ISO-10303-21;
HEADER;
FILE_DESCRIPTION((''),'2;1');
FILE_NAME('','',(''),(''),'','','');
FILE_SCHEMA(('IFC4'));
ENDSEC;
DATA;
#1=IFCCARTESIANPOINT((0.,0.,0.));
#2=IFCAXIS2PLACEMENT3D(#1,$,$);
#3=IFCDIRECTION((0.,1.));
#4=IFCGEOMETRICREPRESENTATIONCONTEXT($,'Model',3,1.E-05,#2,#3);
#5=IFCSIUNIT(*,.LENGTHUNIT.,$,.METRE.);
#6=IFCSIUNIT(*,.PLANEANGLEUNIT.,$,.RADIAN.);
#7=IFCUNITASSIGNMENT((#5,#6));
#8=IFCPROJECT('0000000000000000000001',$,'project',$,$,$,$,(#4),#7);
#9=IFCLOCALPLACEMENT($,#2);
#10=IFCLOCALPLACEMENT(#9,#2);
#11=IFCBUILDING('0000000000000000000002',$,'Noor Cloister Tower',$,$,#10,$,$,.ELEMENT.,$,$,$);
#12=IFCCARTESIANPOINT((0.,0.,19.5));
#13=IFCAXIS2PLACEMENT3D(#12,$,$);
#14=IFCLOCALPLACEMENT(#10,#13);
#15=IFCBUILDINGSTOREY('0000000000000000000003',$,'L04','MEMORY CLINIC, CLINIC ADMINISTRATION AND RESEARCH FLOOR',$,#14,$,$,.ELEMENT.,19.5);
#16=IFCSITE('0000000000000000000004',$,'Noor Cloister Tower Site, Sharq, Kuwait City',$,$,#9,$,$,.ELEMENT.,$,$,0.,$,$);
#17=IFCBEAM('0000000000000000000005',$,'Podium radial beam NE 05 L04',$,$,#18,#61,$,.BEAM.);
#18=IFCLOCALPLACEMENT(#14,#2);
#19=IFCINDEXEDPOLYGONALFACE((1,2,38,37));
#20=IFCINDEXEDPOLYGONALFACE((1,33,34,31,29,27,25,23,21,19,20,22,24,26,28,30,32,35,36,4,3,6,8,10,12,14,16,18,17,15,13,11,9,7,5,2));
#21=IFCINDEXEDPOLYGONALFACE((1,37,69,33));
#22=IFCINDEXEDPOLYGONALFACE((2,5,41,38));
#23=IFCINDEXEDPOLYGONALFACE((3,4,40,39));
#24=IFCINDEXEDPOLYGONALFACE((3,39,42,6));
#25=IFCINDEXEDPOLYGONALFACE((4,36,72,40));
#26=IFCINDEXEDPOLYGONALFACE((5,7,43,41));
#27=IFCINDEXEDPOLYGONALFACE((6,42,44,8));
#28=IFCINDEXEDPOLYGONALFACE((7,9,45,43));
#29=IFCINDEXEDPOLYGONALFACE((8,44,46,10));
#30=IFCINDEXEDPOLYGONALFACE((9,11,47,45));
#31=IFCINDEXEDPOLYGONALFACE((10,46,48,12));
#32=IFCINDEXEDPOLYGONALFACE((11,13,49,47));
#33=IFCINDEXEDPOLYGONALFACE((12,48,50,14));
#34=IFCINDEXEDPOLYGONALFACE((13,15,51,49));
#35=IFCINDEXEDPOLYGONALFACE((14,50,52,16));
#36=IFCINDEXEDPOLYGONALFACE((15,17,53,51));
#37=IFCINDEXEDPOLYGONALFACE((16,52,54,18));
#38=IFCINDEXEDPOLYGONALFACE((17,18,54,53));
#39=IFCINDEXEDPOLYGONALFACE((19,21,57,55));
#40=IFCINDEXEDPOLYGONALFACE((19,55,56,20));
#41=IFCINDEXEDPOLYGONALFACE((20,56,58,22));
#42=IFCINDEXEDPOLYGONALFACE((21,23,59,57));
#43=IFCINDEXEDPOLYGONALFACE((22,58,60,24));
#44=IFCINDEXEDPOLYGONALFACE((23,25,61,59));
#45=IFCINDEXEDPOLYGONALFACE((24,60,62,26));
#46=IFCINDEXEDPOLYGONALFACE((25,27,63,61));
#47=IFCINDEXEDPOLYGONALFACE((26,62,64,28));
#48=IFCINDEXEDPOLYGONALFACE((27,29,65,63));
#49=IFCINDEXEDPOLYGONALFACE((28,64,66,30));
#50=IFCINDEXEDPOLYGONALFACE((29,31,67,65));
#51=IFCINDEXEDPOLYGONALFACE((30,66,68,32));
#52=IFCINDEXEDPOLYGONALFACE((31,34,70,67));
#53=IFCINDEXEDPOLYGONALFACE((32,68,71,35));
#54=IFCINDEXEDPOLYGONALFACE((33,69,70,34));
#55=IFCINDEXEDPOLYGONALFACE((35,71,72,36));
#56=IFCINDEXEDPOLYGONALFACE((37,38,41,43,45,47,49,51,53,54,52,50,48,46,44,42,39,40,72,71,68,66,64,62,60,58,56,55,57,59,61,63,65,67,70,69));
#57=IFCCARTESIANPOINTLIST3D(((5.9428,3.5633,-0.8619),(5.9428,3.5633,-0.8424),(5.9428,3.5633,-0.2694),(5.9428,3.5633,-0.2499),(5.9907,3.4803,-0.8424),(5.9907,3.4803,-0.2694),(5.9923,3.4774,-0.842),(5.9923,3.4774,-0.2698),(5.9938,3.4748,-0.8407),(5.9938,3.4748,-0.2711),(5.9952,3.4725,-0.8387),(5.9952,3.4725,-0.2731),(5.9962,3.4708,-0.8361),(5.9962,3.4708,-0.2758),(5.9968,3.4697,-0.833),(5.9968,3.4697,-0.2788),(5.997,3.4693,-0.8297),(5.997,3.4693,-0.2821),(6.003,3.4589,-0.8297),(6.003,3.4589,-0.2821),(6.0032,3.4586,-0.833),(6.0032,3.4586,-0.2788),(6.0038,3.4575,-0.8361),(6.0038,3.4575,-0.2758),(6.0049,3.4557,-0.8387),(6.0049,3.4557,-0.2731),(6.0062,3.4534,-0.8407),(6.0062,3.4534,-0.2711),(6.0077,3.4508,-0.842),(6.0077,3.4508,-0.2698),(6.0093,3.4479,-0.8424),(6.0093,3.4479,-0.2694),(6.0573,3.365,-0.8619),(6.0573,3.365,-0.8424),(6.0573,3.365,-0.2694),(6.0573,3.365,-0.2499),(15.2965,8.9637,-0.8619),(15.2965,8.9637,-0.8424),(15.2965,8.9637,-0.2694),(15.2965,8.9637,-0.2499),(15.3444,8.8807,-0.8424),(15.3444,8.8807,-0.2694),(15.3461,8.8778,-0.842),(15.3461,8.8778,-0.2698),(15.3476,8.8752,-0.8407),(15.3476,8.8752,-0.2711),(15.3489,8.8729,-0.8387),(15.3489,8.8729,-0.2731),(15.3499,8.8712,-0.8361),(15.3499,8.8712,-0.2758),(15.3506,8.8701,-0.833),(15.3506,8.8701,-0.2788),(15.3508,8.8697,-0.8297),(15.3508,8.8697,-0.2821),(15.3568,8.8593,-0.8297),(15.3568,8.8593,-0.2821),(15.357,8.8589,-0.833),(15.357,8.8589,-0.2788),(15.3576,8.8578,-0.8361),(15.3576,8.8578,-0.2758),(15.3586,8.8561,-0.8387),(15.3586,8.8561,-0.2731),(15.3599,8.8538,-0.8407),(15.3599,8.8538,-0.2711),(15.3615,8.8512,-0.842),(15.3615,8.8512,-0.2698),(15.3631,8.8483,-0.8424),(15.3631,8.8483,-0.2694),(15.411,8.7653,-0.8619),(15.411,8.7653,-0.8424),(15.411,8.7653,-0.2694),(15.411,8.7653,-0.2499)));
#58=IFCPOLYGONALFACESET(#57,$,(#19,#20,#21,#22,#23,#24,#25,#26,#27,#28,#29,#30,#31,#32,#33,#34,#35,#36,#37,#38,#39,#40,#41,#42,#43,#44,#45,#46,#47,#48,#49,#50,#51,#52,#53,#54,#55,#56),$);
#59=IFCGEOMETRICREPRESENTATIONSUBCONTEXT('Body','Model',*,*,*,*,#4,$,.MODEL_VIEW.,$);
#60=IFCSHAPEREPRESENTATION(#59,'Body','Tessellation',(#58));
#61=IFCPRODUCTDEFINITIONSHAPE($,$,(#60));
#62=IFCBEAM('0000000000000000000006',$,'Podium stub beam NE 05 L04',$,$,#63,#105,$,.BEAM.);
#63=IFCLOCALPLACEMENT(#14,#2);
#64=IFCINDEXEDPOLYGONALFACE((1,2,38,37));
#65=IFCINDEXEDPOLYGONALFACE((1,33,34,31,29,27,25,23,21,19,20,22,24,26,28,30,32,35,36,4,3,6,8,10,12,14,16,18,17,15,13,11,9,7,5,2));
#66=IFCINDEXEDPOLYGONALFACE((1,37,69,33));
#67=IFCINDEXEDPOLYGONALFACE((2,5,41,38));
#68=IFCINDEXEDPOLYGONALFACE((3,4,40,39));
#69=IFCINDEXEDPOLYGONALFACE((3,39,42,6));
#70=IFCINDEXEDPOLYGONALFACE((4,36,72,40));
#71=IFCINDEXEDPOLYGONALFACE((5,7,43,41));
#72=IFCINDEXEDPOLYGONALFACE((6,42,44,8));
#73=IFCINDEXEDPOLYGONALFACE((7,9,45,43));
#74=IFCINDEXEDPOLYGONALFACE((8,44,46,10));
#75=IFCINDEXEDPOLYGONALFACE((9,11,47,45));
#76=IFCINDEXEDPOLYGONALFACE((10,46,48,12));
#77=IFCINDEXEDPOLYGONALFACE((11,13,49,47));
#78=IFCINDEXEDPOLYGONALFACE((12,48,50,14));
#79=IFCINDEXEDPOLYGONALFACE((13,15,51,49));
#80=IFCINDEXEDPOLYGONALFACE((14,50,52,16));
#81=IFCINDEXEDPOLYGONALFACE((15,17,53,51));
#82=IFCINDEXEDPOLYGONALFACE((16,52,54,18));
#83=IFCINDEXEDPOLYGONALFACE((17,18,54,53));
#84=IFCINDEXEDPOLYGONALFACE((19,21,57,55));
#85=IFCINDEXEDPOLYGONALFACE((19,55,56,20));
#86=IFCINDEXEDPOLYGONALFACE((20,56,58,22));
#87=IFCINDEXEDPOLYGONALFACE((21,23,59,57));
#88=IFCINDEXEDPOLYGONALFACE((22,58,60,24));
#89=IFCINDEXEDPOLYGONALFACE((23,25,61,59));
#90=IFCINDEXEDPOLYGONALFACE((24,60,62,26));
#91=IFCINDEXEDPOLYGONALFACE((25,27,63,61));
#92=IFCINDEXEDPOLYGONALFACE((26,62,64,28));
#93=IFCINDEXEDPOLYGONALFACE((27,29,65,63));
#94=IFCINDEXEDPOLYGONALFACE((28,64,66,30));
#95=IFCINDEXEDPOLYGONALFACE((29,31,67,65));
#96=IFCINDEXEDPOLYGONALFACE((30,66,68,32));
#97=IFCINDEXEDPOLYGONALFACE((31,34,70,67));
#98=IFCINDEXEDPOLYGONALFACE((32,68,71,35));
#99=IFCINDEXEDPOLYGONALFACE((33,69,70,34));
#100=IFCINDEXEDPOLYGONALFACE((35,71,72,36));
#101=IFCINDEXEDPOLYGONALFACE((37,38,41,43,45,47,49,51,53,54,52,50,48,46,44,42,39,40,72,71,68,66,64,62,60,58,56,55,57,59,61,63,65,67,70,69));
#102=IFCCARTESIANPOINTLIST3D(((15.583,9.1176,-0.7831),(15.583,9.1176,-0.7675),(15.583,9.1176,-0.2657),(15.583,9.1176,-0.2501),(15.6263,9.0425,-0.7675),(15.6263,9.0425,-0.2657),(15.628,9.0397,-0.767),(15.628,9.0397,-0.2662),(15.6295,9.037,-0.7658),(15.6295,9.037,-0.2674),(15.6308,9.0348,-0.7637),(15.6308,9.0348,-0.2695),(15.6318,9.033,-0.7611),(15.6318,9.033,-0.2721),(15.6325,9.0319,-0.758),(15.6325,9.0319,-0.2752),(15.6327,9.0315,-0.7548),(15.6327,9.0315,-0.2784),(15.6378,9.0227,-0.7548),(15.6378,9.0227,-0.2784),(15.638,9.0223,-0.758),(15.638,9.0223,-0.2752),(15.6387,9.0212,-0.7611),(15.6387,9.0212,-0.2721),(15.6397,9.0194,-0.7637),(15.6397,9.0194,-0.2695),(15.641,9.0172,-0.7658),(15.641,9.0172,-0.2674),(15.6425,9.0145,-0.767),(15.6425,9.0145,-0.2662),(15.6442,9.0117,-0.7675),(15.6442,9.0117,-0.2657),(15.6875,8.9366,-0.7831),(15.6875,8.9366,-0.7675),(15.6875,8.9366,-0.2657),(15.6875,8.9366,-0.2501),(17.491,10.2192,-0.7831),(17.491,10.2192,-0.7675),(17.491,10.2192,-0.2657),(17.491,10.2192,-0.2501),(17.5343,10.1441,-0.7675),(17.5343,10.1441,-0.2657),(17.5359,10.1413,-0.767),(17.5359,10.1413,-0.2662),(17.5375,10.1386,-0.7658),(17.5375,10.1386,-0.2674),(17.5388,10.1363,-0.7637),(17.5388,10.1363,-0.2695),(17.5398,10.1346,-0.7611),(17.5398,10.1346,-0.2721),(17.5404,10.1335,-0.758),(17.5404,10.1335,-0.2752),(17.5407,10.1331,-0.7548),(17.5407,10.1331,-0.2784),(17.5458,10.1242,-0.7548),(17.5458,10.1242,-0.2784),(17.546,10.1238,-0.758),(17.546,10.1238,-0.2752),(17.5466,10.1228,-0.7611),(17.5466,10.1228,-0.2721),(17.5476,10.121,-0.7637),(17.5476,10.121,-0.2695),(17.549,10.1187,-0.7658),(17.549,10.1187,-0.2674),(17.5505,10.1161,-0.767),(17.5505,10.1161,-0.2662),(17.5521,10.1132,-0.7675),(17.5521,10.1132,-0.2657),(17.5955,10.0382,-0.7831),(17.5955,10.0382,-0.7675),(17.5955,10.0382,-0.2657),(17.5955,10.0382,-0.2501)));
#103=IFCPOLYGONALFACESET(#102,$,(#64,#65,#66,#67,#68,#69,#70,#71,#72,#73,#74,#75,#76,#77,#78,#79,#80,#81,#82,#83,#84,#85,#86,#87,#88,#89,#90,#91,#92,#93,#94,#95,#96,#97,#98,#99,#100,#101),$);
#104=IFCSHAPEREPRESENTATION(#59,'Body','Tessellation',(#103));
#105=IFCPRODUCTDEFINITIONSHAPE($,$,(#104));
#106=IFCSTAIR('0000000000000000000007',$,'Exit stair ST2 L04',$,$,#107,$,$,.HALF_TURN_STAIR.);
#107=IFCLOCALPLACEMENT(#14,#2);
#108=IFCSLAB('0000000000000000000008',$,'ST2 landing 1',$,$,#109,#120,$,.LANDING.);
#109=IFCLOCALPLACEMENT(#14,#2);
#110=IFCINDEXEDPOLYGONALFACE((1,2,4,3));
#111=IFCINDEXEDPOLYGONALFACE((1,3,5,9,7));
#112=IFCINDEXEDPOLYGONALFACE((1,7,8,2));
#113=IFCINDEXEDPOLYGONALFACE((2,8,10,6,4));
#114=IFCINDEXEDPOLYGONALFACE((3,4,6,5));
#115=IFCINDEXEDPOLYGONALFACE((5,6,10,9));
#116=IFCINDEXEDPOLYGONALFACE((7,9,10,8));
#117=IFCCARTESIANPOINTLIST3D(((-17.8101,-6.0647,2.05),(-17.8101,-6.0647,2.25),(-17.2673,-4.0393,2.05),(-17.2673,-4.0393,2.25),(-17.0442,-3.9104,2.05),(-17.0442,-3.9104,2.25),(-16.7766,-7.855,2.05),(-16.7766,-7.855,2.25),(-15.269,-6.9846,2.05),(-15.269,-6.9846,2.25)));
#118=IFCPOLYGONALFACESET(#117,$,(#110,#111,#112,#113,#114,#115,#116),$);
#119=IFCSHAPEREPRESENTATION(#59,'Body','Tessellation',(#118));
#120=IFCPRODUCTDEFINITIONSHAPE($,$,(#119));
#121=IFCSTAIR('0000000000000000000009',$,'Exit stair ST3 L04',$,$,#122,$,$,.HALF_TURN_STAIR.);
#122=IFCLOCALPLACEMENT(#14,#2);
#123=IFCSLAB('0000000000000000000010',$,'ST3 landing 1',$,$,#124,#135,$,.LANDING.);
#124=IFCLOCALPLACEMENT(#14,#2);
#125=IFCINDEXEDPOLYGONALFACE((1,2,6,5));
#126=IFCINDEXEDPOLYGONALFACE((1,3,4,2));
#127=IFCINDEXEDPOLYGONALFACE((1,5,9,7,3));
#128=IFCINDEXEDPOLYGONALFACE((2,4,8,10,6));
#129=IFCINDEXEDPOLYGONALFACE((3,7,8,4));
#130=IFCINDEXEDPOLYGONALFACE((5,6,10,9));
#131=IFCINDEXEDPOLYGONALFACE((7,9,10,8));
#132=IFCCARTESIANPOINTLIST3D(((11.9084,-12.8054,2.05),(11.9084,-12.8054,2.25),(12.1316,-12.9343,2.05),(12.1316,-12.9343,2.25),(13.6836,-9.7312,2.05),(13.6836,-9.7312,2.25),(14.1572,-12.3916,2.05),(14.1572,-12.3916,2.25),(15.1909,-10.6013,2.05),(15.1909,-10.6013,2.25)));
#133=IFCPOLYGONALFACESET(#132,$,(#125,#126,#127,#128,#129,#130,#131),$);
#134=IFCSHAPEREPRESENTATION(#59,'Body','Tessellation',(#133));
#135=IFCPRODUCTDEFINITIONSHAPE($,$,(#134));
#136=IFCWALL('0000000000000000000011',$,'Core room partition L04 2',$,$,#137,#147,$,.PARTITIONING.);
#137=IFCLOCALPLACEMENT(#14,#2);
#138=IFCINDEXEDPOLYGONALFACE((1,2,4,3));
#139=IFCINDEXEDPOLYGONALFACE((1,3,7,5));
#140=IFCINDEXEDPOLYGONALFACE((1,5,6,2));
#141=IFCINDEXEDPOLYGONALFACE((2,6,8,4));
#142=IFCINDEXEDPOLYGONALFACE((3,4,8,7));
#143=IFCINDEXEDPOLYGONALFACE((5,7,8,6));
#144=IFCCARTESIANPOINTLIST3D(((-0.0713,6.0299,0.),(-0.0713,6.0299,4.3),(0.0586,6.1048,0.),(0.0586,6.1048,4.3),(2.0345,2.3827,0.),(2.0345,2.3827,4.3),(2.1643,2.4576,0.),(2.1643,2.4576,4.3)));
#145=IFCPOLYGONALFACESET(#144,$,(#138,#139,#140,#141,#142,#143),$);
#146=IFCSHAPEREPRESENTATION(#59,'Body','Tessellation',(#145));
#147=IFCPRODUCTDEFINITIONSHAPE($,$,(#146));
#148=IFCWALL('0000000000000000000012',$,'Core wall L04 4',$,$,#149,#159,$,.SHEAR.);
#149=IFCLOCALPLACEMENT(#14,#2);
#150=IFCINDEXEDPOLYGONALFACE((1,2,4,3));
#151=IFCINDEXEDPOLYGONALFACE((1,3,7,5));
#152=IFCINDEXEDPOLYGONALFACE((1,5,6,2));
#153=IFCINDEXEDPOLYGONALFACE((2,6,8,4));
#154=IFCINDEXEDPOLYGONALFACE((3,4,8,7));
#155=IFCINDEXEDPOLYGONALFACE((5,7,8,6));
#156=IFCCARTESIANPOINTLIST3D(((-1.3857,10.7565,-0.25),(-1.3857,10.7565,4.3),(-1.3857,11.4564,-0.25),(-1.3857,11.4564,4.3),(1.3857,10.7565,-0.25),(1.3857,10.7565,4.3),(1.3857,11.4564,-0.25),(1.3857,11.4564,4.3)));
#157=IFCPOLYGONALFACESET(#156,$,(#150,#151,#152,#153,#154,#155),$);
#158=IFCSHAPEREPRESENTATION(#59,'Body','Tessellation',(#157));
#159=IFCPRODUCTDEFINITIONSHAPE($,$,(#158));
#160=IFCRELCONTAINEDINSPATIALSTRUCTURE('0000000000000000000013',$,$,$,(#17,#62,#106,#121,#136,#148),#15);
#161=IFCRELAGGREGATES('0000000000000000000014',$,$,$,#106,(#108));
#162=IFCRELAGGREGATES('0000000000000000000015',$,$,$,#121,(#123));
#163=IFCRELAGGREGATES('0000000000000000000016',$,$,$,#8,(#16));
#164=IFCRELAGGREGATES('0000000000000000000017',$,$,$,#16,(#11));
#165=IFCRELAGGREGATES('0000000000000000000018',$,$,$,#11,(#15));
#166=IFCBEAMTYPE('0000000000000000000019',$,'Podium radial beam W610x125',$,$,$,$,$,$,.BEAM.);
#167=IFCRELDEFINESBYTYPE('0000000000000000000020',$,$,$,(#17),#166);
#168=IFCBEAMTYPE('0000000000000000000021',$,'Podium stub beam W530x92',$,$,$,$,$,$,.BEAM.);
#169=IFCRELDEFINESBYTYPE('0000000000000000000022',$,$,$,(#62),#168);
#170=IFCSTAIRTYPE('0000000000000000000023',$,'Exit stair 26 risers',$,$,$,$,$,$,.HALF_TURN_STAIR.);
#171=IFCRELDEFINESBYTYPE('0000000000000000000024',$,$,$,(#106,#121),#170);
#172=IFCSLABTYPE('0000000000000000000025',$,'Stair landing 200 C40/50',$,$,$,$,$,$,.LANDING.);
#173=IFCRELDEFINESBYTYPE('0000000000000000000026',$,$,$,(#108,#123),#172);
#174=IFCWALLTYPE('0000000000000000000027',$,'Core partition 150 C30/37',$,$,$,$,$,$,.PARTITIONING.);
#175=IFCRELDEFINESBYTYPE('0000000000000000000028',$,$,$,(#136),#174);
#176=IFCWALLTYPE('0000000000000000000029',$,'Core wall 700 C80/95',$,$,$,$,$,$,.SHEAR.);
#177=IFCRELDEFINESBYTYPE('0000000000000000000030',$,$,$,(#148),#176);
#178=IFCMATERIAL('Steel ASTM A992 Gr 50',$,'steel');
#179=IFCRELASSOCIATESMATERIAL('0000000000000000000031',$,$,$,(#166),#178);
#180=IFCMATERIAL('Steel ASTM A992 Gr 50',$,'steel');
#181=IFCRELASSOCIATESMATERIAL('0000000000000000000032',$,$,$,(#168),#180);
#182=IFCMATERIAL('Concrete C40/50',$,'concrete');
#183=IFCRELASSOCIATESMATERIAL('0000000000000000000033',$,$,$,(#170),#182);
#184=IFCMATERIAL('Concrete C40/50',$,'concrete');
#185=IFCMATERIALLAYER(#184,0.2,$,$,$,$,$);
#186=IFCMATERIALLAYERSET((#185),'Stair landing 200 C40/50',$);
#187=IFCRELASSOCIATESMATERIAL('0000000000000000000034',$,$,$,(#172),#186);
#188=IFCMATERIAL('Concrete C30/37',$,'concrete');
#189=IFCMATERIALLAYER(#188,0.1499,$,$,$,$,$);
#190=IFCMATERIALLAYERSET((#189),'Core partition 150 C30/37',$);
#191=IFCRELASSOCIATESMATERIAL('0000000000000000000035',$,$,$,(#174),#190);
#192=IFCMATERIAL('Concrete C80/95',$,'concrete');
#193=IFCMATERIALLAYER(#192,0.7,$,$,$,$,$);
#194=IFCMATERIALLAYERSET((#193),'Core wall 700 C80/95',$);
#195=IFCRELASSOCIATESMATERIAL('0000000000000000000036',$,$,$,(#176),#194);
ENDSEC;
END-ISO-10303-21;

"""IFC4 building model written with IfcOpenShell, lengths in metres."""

from ifc_helpers import new_model, si_unit, direction, frame, frame_2d, origin, origin_2d, place, context, subcontext, project, spatial, polyline, rectangle, i_section, outline, extrude, material, layer, layer_set, material_profile, profile_set, type_object, element, aggregate, save


model = new_model("IFC4")

# Units and contexts
model_context = context("Model", 3, precision=1e-05, world=origin(), true_north=direction((0.0, 1.0)))
body_context = subcontext(model_context, "Body", "Model", "MODEL_VIEW")
ifc_project = project(units=[si_unit("LENGTHUNIT", "METRE"), si_unit("PLANEANGLEUNIT", "RADIAN")], contexts=[model_context])

# Site, building, storey
site_placement = place(None, origin())
site = spatial("IfcSite", under=ifc_project, at=site_placement, Name="Noor Cloister Tower Site, Sharq, Kuwait City", CompositionType="ELEMENT", RefElevation=0.0)
building_placement = place(site_placement, origin())
building = spatial("IfcBuilding", under=site, at=building_placement, Name="Noor Cloister Tower", CompositionType="ELEMENT")
storey_placement = place(building_placement, frame((0.0, 0.0, 19.5)))
storey = spatial("IfcBuildingStorey", under=building, at=storey_placement, Name="L04", Description="MEMORY CLINIC, CLINIC ADMINISTRATION AND RESEARCH FLOOR", CompositionType="ELEMENT", Elevation=19.5)

# Beams
ifc_material_1 = material(Name="Steel ASTM A992 Gr 50", Category="steel")
ifc_material_profile_1 = material_profile(ifc_material_1, i_section(OverallWidth=0.229, OverallDepth=0.6121, WebThickness=0.012, FlangeThickness=0.0195, FilletRadius=0.0127, at=origin_2d()), Name="W610x125")
ifc_profile_set_1 = profile_set([ifc_material_profile_1], Name="Steel ASTM A992 Gr 50")
beam_type_1 = type_object("IfcBeamType", Name="Podium radial beam W610x125", PredefinedType="BEAM", material=ifc_profile_set_1)
beam_1_placement = place(storey_placement, frame((15.3538, 8.8645, -0.5559), z_axis=(-0.866026, -0.5, 0.0), x_axis=(0.5, -0.866026, 0.0)))
element("IfcBeam", 1, at=beam_1_placement, inside=storey, type_object=beam_type_1, Name="Podium radial beam NE 05 L04", PredefinedType="BEAM", context=body_context, shape_type="SweptSolid", body=[
    extrude(i_section(OverallWidth=0.229, OverallDepth=0.6121, WebThickness=0.012, FlangeThickness=0.0195, FilletRadius=0.0127, at=origin_2d()), origin(), (0.0, 0.0, 1.0), 10.8008),
])
ifc_material_2 = material(Name="Steel ASTM A992 Gr 50", Category="steel")
ifc_material_profile_2 = material_profile(ifc_material_2, i_section(OverallWidth=0.209, OverallDepth=0.533, WebThickness=0.0103, FlangeThickness=0.0156, FilletRadius=0.0127, at=origin_2d()), Name="W530x92")
ifc_profile_set_2 = profile_set([ifc_material_profile_2], Name="Steel ASTM A992 Gr 50")
beam_type_2 = type_object("IfcBeamType", Name="Podium stub beam W530x92", PredefinedType="BEAM", material=ifc_profile_set_2)
beam_2_placement = place(storey_placement, frame((15.6353, 9.0271, -0.5166), z_axis=(0.866025, 0.500001, 0.0), x_axis=(-0.500001, 0.866025, 0.0)))
element("IfcBeam", 2, at=beam_2_placement, inside=storey, type_object=beam_type_2, Name="Podium stub beam NE 05 L04", PredefinedType="BEAM", context=body_context, shape_type="SweptSolid", body=[
    extrude(i_section(OverallWidth=0.209, OverallDepth=0.533, WebThickness=0.0103, FlangeThickness=0.0156, FilletRadius=0.0127, at=origin_2d()), origin(), (0.0, 0.0, 1.0), 2.2031),
])

# Stairs, slabs
ifc_material_3 = material(Name="Concrete C40/50", Category="concrete")
stair_type = type_object("IfcStairType", Name="Exit stair 26 risers", PredefinedType="HALF_TURN_STAIR", material=ifc_material_3)
stair_1_placement = place(storey_placement, origin())
stair_1 = element("IfcStair", 3, at=stair_1_placement, inside=storey, type_object=stair_type, Name="Exit stair ST2 L04", PredefinedType="HALF_TURN_STAIR")
ifc_material_4 = material(Name="Concrete C40/50", Category="concrete")
ifc_layer_1 = layer(ifc_material_4, 0.2)
ifc_layer_set_1 = layer_set([ifc_layer_1], Name="Stair landing 200 C40/50")
slab_type = type_object("IfcSlabType", Name="Stair landing 200 C40/50", PredefinedType="LANDING", material=ifc_layer_set_1)
slab_1_placement = place(storey_placement, frame((0.0, 0.0, 2.05)))
slab_1 = element("IfcSlab", 4, at=slab_1_placement, type_object=slab_type, Name="ST2 landing 1", PredefinedType="LANDING", context=body_context, shape_type="SweptSolid", body=[
    extrude(outline(polyline([(-17.0442, -3.9104), (-17.2673, -4.0393), (-17.8101, -6.0647), (-16.7766, -7.855), (-15.269, -6.9846), (-17.0442, -3.9104)])), origin(), (0.0, 0.0, 1.0), 0.2),
])
aggregate(stair_1, [slab_1])
stair_2_placement = place(storey_placement, origin())
stair_2 = element("IfcStair", 5, at=stair_2_placement, inside=storey, type_object=stair_type, Name="Exit stair ST3 L04", PredefinedType="HALF_TURN_STAIR")
slab_2_placement = place(storey_placement, frame((0.0, 0.0, 2.05)))
slab_2 = element("IfcSlab", 6, at=slab_2_placement, type_object=slab_type, Name="ST3 landing 1", PredefinedType="LANDING", context=body_context, shape_type="SweptSolid", body=[
    extrude(outline(polyline([(11.9084, -12.8054), (12.1316, -12.9343), (14.1572, -12.3916), (15.1909, -10.6013), (13.6836, -9.7312), (11.9084, -12.8054)])), origin(), (0.0, 0.0, 1.0), 0.2),
])
aggregate(stair_2, [slab_2])

# Walls
ifc_material_5 = material(Name="Concrete C30/37", Category="concrete")
ifc_layer_2 = layer(ifc_material_5, 0.1499)
ifc_layer_set_2 = layer_set([ifc_layer_2], Name="Core partition 150 C30/37")
wall_type_1 = type_object("IfcWallType", Name="Core partition 150 C30/37", PredefinedType="PARTITIONING", material=ifc_layer_set_2)
wall_1_placement = place(storey_placement, frame((2.0994, 2.4202, 0.0), z_axis=(0.0, 0.0, 1.0), x_axis=(-0.499998, 0.866026, 0.0)))
element("IfcWall", 7, at=wall_1_placement, inside=storey, type_object=wall_type_1, Name="Core room partition L04 2", PredefinedType="PARTITIONING", context=body_context, shape_type="SweptSolid", body=[
    extrude(rectangle(XDim=4.2114, YDim=0.1499, at=frame_2d((2.1057, 0.0))), origin(), (0.0, 0.0, 1.0), 4.3),
])
ifc_material_6 = material(Name="Concrete C80/95", Category="concrete")
ifc_layer_3 = layer(ifc_material_6, 0.7)
ifc_layer_set_3 = layer_set([ifc_layer_3], Name="Core wall 700 C80/95")
wall_type_2 = type_object("IfcWallType", Name="Core wall 700 C80/95", PredefinedType="SHEAR", material=ifc_layer_set_3)
wall_2_placement = place(storey_placement, frame((1.3857, 11.1064, -0.25), z_axis=(0.0, 0.0, 1.0), x_axis=(-1.0, 0.0, 0.0)))
element("IfcWall", 8, at=wall_2_placement, inside=storey, type_object=wall_type_2, Name="Core wall L04 4", PredefinedType="SHEAR", context=body_context, shape_type="SweptSolid", body=[
    extrude(rectangle(XDim=2.7715, YDim=0.7, at=frame_2d((1.3857, 0.0))), origin(), (0.0, 0.0, 1.0), 4.55),
])

save(model, "model.ifc")
